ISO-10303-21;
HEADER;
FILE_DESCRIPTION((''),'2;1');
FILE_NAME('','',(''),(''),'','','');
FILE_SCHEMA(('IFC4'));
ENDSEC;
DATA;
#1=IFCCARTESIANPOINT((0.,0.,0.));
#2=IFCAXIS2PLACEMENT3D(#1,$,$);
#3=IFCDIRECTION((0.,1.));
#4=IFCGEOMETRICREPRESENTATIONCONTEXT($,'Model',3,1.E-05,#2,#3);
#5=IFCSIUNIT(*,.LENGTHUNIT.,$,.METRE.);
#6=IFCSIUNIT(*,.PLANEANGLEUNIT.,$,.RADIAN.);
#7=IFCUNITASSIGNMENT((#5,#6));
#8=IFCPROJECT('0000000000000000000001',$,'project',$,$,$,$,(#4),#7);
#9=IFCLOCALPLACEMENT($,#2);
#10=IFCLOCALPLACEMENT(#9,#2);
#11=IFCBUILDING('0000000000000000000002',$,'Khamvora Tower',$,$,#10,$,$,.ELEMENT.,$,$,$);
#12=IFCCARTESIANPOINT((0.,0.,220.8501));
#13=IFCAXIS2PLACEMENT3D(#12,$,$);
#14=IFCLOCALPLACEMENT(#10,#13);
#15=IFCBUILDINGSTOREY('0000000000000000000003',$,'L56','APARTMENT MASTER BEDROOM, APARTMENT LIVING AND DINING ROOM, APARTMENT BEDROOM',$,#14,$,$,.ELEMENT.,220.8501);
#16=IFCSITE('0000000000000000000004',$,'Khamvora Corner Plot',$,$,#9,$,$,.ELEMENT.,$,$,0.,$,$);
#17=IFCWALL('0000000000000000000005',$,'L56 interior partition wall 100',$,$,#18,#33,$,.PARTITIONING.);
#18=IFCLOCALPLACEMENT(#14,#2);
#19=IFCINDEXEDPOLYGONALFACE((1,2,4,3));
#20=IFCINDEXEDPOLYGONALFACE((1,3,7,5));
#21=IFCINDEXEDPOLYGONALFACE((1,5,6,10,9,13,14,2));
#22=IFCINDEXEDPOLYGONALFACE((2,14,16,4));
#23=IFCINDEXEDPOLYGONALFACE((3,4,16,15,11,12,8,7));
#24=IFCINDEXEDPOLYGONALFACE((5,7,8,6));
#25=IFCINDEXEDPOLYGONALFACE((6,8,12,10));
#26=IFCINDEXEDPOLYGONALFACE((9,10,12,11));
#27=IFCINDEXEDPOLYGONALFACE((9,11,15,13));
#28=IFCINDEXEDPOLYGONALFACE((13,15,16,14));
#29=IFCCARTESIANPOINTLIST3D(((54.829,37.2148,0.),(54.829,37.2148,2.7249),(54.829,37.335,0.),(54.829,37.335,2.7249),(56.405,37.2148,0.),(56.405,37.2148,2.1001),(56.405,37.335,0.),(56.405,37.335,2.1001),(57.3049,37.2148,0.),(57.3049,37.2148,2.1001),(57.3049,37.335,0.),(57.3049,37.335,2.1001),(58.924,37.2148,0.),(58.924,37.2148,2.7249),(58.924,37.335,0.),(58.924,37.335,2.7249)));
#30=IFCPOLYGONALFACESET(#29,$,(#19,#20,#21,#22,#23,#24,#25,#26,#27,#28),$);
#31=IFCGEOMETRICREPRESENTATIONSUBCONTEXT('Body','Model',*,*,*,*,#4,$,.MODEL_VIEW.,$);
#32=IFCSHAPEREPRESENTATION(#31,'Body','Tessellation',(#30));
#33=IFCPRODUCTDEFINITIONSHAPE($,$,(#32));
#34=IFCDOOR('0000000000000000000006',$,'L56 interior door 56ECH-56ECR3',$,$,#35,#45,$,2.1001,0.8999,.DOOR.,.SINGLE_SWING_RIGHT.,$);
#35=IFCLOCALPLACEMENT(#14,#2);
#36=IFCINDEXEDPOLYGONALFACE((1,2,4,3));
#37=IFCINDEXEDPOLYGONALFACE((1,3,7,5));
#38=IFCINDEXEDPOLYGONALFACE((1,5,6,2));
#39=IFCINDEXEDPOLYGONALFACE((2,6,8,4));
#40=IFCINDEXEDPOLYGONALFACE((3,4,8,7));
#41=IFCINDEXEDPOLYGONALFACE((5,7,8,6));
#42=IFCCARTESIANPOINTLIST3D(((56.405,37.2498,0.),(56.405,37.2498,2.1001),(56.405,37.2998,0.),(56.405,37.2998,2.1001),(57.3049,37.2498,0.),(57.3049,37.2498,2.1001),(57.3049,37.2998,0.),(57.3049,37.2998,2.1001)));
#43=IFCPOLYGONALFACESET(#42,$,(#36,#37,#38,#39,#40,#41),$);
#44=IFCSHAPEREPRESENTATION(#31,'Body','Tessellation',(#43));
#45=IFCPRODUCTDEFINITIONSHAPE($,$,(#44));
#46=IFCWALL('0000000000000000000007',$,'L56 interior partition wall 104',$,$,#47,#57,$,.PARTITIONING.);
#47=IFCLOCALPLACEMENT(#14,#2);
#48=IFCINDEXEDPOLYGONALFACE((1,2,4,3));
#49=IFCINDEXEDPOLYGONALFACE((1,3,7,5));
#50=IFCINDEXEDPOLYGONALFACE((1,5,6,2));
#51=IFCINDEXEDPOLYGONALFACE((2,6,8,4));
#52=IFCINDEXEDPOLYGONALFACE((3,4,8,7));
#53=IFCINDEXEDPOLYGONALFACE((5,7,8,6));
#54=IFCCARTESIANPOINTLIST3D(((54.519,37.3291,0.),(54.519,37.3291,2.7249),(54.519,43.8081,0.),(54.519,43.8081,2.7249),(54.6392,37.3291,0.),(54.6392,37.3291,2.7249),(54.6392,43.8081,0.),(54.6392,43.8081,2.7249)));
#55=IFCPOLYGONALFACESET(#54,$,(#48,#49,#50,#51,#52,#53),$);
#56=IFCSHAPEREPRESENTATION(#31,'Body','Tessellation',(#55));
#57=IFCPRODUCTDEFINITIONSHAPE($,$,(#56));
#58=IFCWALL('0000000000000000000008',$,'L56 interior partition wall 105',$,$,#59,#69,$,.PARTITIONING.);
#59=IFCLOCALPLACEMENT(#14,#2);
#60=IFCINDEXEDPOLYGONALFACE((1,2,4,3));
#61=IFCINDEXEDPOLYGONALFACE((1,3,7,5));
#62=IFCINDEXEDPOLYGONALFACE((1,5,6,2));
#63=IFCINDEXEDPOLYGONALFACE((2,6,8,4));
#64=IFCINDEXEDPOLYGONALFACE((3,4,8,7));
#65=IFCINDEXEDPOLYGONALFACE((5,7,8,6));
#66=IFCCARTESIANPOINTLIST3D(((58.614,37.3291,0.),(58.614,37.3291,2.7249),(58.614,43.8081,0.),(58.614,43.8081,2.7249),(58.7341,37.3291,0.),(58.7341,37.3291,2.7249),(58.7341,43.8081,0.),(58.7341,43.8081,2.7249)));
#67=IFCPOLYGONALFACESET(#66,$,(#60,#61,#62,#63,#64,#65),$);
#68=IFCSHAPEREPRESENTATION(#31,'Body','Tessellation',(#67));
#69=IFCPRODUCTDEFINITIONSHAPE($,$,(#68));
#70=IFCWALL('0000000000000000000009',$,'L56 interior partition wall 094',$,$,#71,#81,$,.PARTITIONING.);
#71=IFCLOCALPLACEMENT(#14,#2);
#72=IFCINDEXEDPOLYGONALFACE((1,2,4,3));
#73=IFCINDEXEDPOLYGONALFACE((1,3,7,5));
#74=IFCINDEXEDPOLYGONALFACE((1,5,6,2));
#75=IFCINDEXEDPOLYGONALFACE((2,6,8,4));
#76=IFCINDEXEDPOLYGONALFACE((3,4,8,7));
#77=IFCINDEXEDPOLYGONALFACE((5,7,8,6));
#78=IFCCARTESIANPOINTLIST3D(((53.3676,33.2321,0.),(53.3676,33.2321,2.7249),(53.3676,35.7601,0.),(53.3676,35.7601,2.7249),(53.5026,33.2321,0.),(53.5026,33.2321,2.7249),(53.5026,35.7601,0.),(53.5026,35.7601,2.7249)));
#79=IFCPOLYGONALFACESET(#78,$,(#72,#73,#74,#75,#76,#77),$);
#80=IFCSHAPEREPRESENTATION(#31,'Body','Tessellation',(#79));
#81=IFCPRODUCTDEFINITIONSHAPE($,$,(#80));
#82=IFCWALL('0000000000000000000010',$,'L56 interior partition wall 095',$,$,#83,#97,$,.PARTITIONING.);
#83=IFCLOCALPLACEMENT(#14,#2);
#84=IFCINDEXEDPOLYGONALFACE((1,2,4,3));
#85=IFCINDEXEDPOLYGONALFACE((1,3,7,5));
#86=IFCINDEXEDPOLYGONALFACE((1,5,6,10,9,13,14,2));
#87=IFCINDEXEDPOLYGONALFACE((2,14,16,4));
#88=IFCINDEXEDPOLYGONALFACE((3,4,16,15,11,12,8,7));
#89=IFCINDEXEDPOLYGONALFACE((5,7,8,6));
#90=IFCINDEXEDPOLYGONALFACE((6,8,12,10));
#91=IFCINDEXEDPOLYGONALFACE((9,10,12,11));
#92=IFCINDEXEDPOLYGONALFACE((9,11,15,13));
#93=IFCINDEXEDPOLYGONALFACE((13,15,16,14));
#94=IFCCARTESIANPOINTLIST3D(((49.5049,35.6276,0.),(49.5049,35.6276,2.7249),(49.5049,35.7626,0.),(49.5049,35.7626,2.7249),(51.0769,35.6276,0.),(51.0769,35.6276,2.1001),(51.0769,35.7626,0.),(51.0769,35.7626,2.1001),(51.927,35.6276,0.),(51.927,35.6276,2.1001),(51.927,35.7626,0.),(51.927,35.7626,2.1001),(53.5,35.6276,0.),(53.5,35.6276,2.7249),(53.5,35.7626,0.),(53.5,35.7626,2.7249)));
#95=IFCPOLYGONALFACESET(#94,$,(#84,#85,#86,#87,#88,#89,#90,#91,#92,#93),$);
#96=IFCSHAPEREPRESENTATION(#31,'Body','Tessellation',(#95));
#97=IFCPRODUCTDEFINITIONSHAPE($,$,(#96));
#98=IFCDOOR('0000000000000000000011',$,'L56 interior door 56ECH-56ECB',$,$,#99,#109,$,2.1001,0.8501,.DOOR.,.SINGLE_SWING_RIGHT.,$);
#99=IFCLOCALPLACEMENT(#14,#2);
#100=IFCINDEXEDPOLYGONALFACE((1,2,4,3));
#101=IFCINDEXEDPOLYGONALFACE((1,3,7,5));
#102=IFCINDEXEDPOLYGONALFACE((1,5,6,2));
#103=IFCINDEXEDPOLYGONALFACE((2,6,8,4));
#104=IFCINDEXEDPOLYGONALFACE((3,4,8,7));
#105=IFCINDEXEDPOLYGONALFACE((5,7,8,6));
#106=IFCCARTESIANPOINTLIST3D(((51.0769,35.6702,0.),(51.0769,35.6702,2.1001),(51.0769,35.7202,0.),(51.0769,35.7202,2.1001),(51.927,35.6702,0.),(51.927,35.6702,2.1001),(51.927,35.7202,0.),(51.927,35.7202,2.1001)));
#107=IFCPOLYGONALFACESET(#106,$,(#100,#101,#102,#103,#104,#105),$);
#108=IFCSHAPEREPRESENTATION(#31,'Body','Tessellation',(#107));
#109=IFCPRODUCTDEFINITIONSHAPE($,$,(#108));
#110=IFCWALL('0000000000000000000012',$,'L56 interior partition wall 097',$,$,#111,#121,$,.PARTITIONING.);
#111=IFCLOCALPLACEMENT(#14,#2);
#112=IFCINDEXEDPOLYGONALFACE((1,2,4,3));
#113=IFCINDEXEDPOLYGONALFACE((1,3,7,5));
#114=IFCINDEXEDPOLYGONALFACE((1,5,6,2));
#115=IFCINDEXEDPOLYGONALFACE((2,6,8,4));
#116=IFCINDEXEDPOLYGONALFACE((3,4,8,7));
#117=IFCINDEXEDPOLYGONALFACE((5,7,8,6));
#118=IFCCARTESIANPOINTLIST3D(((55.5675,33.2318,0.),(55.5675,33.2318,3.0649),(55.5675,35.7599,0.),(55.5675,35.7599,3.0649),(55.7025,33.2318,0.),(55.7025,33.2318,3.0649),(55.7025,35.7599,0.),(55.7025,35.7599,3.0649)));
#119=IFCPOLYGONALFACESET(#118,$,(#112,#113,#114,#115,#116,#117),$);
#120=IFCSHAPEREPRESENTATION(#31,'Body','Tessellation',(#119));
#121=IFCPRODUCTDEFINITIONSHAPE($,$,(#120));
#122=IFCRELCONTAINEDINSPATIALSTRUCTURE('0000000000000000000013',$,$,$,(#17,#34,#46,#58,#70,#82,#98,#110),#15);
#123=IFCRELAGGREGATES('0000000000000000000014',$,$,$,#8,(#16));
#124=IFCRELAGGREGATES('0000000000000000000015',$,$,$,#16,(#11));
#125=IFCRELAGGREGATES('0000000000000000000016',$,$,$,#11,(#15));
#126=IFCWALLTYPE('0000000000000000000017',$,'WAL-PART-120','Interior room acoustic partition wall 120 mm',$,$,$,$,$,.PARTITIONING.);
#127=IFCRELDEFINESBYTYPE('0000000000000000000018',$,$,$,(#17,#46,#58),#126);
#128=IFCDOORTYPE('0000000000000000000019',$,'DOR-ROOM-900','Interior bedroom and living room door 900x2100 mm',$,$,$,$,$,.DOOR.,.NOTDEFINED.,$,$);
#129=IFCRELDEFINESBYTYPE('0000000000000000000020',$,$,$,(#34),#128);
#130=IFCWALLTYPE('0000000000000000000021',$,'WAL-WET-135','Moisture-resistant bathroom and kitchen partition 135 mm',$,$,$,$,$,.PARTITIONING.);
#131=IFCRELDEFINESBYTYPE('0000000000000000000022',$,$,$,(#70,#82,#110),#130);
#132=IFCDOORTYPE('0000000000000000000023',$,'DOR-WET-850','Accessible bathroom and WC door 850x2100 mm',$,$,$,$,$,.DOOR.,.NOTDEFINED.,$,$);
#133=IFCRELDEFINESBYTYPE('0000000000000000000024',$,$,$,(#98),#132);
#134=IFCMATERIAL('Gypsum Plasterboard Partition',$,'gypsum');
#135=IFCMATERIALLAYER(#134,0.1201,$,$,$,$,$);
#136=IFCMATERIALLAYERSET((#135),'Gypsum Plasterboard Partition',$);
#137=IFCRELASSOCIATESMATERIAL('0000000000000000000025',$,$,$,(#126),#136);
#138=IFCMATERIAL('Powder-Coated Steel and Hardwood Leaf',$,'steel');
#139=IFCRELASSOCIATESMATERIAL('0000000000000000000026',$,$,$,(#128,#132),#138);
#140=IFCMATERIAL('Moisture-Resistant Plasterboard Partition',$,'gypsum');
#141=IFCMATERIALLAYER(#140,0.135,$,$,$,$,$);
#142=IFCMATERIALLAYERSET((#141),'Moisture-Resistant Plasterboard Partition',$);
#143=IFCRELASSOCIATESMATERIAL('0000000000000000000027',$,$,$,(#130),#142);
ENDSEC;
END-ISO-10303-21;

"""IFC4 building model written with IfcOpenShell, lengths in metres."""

from ifc_helpers import new_model, si_unit, direction, frame, frame_2d, origin, place, context, subcontext, project, spatial, rectangle, extrude, material, layer, layer_set, type_object, element, fill, save


model = new_model("IFC4")

# Units and contexts
model_context = context("Model", 3, precision=1e-05, world=origin(), true_north=direction((0.0, 1.0)))
body_context = subcontext(model_context, "Body", "Model", "MODEL_VIEW")
ifc_project = project(units=[si_unit("LENGTHUNIT", "METRE"), si_unit("PLANEANGLEUNIT", "RADIAN")], contexts=[model_context])

# Site, building, storey
site_placement = place(None, origin())
site = spatial("IfcSite", under=ifc_project, at=site_placement, Name="Khamvora Corner Plot", CompositionType="ELEMENT", RefElevation=0.0)
building_placement = place(site_placement, origin())
building = spatial("IfcBuilding", under=site, at=building_placement, Name="Khamvora Tower", CompositionType="ELEMENT")
storey_placement = place(building_placement, frame((0.0, 0.0, 220.8501)))
storey = spatial("IfcBuildingStorey", under=building, at=storey_placement, Name="L56", Description="APARTMENT MASTER BEDROOM, APARTMENT LIVING AND DINING ROOM, APARTMENT BEDROOM", CompositionType="ELEMENT", Elevation=220.8501)

# Shared definitions
ifc_material_1 = material(Name="Powder-Coated Steel and Hardwood Leaf", Category="steel")

# Wall, opening, door
ifc_material_2 = material(Name="Gypsum Plasterboard Partition", Category="gypsum")
ifc_layer_1 = layer(ifc_material_2, 0.1201)
ifc_layer_set_1 = layer_set([ifc_layer_1], Name="Gypsum Plasterboard Partition")
wall_type_1 = type_object("IfcWallType", Name="WAL-PART-120", Description="Interior room acoustic partition wall 120 mm", PredefinedType="PARTITIONING", material=ifc_layer_set_1)
wall_1_placement = place(storey_placement, frame((54.8291, 37.2749, 0.0), z_axis=(0.0, 0.0, 1.0), x_axis=(1.0, 0.0, 0.0)))
wall_1 = element("IfcWall", 1, at=wall_1_placement, inside=storey, type_object=wall_type_1, Name="L56 interior partition wall 100", PredefinedType="PARTITIONING", context=body_context, shape_type="SweptSolid", body=[
    extrude(rectangle(XDim=4.095, YDim=0.1201, at=frame_2d((2.0474, 0.0))), origin(), (0.0, 0.0, 1.0), 2.7249),
])
opening_1_placement = place(wall_1_placement, frame((1.5759, 0.0, 0.0)))
opening_1 = element("IfcOpeningElement", 2, at=opening_1_placement, cuts=wall_1, PredefinedType="OPENING", context=body_context, shape_type="SweptSolid", body=[
    extrude(rectangle(XDim=0.8999, YDim=2.1001, at=frame_2d((0.45, 1.05))), frame((0.0, 0.0701, 0.0), z_axis=(0.0, -1.0, 0.0), x_axis=(1.0, 0.0, 0.0)), (0.0, 0.0, 1.0), 0.1401),
])
door_type_1 = type_object("IfcDoorType", Name="DOR-ROOM-900", Description="Interior bedroom and living room door 900x2100 mm", OperationType="NOTDEFINED", PredefinedType="DOOR", material=ifc_material_1)
door_1_placement = place(opening_1_placement, origin())
door_1 = element("IfcDoor", 3, at=door_1_placement, inside=storey, type_object=door_type_1, Name="L56 interior door 56ECH-56ECR3", OperationType="SINGLE_SWING_RIGHT", OverallHeight=2.1001, OverallWidth=0.8999, PredefinedType="DOOR", context=body_context, shape_type="SweptSolid", body=[
    extrude(rectangle(XDim=0.8999, YDim=2.1001, at=frame_2d((0.45, 1.05))), frame((0.0, 0.0249, 0.0), z_axis=(0.0, -1.0, 0.0), x_axis=(1.0, 0.0, 0.0)), (0.0, 0.0, 1.0), 0.05),
])
fill(opening_1, door_1)

# Walls
for number, where, z_axis, x_axis, name in (
    (4, (54.5791, 43.8081, 0.0), (0.0, 0.0, 1.0), (0.0, -1.0, 0.0), "L56 interior partition wall 104"),
    (5, (58.6741, 43.8081, 0.0), (0.0, 0.0, 1.0), (0.0, -1.0, 0.0), "L56 interior partition wall 105"),
):
    element("IfcWall", number, at=place(storey_placement, frame(where, z_axis=z_axis, x_axis=x_axis)), inside=storey, type_object=wall_type_1, Name=name, PredefinedType="PARTITIONING", context=body_context, shape_type="SweptSolid", body=[
        extrude(rectangle(XDim=6.479, YDim=0.1201, at=frame_2d((3.2395, 0.0))), origin(), (0.0, 0.0, 1.0), 2.7249),
    ])
ifc_material_3 = material(Name="Moisture-Resistant Plasterboard Partition", Category="gypsum")
ifc_layer_2 = layer(ifc_material_3, 0.135)
ifc_layer_set_2 = layer_set([ifc_layer_2], Name="Moisture-Resistant Plasterboard Partition")
wall_type_2 = type_object("IfcWallType", Name="WAL-WET-135", Description="Moisture-resistant bathroom and kitchen partition 135 mm", PredefinedType="PARTITIONING", material=ifc_layer_set_2)
wall_2_placement = place(storey_placement, frame((53.4351, 33.2319, 0.0), z_axis=(0.0, 0.0, 1.0), x_axis=(0.0, 1.0, 0.0)))
element("IfcWall", 6, at=wall_2_placement, inside=storey, type_object=wall_type_2, Name="L56 interior partition wall 094", PredefinedType="PARTITIONING", context=body_context, shape_type="SweptSolid", body=[
    extrude(rectangle(XDim=2.5281, YDim=0.135, at=frame_2d((1.2642, 0.0))), origin(), (0.0, 0.0, 1.0), 2.7249),
])

# Wall, opening, door
wall_3_placement = place(storey_placement, frame((53.5, 35.6951, 0.0), z_axis=(0.0, 0.0, 1.0), x_axis=(-1.0, 0.0, 0.0)))
wall_3 = element("IfcWall", 7, at=wall_3_placement, inside=storey, type_object=wall_type_2, Name="L56 interior partition wall 095", PredefinedType="PARTITIONING", context=body_context, shape_type="SweptSolid", body=[
    extrude(rectangle(XDim=3.9951, YDim=0.135, at=frame_2d((1.9976, 0.0))), origin(), (0.0, 0.0, 1.0), 2.7249),
])
opening_2_placement = place(wall_3_placement, frame((1.573, 0.0, 0.0)))
opening_2 = element("IfcOpeningElement", 8, at=opening_2_placement, cuts=wall_3, PredefinedType="OPENING", context=body_context, shape_type="SweptSolid", body=[
    extrude(rectangle(XDim=0.8501, YDim=2.1001, at=frame_2d((0.425, 1.05))), frame((0.0, 0.0774, 0.0), z_axis=(0.0, -1.0, 0.0), x_axis=(1.0, 0.0, 0.0)), (0.0, 0.0, 1.0), 0.155),
])
door_type_2 = type_object("IfcDoorType", Name="DOR-WET-850", Description="Accessible bathroom and WC door 850x2100 mm", OperationType="NOTDEFINED", PredefinedType="DOOR", material=ifc_material_1)
door_2_placement = place(opening_2_placement, origin())
door_2 = element("IfcDoor", 9, at=door_2_placement, inside=storey, type_object=door_type_2, Name="L56 interior door 56ECH-56ECB", OperationType="SINGLE_SWING_RIGHT", OverallHeight=2.1001, OverallWidth=0.8501, PredefinedType="DOOR", context=body_context, shape_type="SweptSolid", body=[
    extrude(rectangle(XDim=0.8501, YDim=2.1001, at=frame_2d((0.425, 1.05))), frame((0.0, 0.0249, 0.0), z_axis=(0.0, -1.0, 0.0), x_axis=(1.0, 0.0, 0.0)), (0.0, 0.0, 1.0), 0.05),
])
fill(opening_2, door_2)

# Wall
wall_4_placement = place(storey_placement, frame((55.635, 35.76, 0.0), z_axis=(0.0, 0.0, 1.0), x_axis=(0.0, -1.0, 0.0)))
element("IfcWall", 10, at=wall_4_placement, inside=storey, type_object=wall_type_2, Name="L56 interior partition wall 097", PredefinedType="PARTITIONING", context=body_context, shape_type="SweptSolid", body=[
    extrude(rectangle(XDim=2.5281, YDim=0.135, at=frame_2d((1.2642, 0.0))), origin(), (0.0, 0.0, 1.0), 3.0649),
])

save(model, "model.ifc")
